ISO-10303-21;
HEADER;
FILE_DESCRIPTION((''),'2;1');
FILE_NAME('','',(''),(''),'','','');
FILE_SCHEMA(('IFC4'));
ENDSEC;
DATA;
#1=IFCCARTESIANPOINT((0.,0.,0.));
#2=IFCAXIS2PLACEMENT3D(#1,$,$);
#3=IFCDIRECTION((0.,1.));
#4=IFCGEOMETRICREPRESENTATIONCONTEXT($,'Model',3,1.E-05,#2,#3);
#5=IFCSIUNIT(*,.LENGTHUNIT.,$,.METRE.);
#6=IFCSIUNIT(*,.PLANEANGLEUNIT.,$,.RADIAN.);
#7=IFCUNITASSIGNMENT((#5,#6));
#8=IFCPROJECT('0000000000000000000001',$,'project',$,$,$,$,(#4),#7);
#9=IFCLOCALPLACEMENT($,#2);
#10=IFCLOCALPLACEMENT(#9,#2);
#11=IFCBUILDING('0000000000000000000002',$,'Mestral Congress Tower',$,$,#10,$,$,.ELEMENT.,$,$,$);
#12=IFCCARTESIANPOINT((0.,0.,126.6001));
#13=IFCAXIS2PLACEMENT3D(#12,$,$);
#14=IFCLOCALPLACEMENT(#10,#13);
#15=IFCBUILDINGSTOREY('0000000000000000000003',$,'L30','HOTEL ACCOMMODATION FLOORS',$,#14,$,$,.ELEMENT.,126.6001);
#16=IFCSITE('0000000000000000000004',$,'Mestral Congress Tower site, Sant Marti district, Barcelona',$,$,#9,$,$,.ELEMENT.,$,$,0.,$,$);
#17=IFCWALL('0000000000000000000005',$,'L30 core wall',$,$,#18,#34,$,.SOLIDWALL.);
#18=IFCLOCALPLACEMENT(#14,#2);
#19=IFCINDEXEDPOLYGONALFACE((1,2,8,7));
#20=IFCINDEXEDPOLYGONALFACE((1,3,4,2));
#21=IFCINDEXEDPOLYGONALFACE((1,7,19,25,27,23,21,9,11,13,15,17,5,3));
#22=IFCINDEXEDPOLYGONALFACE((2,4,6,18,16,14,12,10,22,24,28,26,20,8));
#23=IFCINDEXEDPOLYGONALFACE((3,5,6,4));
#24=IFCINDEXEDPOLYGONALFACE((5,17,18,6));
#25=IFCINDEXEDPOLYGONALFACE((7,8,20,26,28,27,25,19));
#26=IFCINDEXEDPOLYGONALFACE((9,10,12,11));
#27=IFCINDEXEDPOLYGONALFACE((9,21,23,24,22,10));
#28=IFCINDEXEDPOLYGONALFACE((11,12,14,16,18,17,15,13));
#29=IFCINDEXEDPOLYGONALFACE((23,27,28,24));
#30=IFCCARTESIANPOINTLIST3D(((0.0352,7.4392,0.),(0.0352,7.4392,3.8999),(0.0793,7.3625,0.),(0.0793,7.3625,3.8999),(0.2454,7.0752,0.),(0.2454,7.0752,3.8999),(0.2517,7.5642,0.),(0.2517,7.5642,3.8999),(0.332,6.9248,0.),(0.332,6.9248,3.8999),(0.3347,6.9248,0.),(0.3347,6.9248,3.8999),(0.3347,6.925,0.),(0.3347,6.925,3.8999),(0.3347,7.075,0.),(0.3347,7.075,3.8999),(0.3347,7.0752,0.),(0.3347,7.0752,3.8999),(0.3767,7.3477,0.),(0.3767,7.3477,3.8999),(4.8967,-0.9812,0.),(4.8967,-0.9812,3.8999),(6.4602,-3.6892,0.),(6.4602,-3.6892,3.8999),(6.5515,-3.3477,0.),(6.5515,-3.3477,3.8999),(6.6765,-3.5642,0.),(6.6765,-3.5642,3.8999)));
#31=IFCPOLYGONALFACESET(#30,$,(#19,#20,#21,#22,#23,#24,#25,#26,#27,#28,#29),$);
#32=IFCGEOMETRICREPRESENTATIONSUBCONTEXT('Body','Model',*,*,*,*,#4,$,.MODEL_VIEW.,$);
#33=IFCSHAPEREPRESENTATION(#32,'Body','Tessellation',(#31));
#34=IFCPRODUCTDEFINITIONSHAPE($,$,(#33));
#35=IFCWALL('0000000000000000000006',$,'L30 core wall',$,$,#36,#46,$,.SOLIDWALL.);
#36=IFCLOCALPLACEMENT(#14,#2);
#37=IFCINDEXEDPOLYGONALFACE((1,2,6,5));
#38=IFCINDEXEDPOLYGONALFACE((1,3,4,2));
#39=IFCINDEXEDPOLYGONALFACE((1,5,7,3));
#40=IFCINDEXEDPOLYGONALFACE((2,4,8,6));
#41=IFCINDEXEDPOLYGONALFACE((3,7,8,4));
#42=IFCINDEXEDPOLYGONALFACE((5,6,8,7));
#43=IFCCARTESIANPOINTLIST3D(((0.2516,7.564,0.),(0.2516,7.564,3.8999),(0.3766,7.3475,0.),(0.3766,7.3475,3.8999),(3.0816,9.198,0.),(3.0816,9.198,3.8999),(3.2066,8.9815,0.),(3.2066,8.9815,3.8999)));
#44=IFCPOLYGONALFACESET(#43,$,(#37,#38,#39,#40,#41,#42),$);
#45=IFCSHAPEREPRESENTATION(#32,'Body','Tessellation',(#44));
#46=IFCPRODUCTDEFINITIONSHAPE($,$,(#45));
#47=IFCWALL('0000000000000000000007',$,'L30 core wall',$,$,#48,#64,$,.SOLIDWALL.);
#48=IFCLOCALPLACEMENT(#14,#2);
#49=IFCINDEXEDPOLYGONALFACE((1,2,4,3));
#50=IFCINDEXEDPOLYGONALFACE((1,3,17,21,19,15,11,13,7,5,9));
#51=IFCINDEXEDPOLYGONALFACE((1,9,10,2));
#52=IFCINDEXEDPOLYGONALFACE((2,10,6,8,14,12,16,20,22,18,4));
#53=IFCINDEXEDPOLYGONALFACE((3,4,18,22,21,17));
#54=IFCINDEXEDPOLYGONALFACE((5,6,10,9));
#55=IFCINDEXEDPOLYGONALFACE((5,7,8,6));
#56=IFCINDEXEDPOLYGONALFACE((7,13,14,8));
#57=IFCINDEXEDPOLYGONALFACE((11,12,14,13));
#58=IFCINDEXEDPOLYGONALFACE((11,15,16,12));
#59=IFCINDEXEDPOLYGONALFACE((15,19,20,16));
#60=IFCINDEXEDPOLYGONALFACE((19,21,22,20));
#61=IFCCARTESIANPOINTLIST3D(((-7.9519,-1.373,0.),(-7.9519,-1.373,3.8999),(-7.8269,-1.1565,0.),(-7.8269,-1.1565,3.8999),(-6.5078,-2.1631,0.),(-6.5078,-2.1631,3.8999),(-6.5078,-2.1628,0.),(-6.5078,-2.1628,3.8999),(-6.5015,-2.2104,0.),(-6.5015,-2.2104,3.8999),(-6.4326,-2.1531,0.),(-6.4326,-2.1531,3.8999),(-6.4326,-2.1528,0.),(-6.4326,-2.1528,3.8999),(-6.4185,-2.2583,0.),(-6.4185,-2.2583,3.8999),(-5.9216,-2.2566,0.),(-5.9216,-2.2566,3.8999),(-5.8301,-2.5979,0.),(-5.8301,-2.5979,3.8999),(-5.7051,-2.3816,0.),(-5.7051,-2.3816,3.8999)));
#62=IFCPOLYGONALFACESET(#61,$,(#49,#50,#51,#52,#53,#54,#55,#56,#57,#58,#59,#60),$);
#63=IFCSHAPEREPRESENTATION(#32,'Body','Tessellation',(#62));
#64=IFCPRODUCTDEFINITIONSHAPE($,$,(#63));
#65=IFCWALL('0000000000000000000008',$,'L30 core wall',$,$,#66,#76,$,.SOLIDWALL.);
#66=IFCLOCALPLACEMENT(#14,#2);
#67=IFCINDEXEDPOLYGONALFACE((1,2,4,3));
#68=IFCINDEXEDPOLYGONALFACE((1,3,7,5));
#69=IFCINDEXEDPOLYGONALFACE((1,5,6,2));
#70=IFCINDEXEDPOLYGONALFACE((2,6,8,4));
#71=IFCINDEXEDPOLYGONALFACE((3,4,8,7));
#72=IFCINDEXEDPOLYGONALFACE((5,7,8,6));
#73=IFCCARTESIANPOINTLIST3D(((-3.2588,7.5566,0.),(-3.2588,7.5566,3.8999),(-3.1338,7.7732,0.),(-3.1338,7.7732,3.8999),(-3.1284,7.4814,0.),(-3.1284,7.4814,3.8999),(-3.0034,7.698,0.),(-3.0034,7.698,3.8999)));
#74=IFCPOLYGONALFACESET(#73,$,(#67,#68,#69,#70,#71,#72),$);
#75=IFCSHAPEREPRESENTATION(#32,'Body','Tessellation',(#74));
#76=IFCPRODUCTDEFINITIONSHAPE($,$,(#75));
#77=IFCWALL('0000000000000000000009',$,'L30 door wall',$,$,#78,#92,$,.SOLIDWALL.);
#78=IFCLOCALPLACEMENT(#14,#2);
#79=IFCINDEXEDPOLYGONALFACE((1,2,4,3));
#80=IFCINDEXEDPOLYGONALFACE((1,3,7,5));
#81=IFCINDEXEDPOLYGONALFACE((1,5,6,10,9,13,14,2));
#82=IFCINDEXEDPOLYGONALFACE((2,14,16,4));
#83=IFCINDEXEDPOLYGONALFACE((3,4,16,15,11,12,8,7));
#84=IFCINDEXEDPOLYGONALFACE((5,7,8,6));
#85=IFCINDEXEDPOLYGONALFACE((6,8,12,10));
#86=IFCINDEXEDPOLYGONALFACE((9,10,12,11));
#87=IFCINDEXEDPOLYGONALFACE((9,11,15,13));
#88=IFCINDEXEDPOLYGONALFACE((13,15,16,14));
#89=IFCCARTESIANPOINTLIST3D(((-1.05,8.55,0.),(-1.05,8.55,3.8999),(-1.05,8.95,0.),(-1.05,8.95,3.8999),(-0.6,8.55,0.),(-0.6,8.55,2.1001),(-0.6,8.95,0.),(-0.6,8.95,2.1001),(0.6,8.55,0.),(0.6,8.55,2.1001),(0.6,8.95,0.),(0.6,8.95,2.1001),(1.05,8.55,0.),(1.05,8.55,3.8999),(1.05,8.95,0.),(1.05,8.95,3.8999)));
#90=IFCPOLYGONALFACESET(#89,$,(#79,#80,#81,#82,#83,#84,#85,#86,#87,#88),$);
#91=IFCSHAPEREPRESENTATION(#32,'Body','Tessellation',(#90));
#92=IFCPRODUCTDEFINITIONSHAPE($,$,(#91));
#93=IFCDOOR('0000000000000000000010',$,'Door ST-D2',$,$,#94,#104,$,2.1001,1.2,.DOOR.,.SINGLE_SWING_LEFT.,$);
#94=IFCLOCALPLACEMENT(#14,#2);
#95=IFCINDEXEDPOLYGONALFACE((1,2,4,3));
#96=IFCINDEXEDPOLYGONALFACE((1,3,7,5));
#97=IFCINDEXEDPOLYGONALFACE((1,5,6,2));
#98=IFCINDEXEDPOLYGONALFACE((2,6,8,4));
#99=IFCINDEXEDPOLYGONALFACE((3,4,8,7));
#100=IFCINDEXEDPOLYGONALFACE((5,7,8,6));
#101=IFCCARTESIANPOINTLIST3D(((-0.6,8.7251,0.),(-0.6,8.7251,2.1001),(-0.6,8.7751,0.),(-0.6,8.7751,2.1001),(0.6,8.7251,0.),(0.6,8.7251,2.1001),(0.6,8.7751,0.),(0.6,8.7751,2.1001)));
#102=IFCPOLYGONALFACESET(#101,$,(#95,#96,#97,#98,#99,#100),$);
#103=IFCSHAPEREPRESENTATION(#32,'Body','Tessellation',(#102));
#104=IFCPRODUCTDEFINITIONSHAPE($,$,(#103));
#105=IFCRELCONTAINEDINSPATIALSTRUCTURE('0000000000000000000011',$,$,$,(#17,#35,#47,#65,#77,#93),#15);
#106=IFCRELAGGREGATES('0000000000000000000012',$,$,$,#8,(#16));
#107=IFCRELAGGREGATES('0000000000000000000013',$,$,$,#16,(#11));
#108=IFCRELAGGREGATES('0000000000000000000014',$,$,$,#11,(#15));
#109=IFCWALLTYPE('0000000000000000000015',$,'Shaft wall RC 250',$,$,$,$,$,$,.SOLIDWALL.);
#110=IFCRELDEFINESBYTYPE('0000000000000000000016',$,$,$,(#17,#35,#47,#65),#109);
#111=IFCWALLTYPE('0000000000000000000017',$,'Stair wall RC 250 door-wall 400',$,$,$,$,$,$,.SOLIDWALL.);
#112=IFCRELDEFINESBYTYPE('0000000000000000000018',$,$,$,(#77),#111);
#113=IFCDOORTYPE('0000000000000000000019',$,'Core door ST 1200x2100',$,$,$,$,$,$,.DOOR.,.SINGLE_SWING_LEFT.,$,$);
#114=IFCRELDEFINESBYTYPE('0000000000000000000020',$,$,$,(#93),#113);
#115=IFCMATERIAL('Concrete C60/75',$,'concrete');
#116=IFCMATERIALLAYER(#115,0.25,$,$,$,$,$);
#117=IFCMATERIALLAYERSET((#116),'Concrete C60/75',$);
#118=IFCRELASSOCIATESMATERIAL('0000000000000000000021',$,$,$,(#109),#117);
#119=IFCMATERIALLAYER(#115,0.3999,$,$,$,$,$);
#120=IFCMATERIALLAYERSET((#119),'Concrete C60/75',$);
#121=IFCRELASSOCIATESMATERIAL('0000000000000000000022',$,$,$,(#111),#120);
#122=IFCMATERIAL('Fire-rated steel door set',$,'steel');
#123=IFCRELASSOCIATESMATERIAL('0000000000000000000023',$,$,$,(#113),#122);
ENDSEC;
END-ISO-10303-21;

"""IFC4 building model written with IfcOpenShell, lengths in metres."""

from ifc_helpers import new_model, si_unit, direction, frame, frame_2d, origin, place, context, subcontext, project, spatial, polyline, rectangle, outline, extrude, material, layer, layer_set, type_object, element, fill, save


model = new_model("IFC4")

# Units and contexts
model_context = context("Model", 3, precision=1e-05, world=origin(), true_north=direction((0.0, 1.0)))
body_context = subcontext(model_context, "Body", "Model", "MODEL_VIEW")
ifc_project = project(units=[si_unit("LENGTHUNIT", "METRE"), si_unit("PLANEANGLEUNIT", "RADIAN")], contexts=[model_context])

# Site, building, storey
site_placement = place(None, origin())
site = spatial("IfcSite", under=ifc_project, at=site_placement, Name="Mestral Congress Tower site, Sant Marti district, Barcelona", CompositionType="ELEMENT", RefElevation=0.0)
building_placement = place(site_placement, origin())
building = spatial("IfcBuilding", under=site, at=building_placement, Name="Mestral Congress Tower", CompositionType="ELEMENT")
storey_placement = place(building_placement, frame((0.0, 0.0, 126.6001)))
storey = spatial("IfcBuildingStorey", under=building, at=storey_placement, Name="L30", Description="HOTEL ACCOMMODATION FLOORS", CompositionType="ELEMENT", Elevation=126.6001)

# Shared definitions
ifc_material_1 = material(Name="Concrete C60/75", Category="concrete")

# Shared definitions
placement_1 = place(storey_placement, origin())

# Walls
ifc_layer_1 = layer(ifc_material_1, 0.25)
ifc_layer_set_1 = layer_set([ifc_layer_1], Name="Concrete C60/75")
wall_type_1 = type_object("IfcWallType", Name="Shaft wall RC 250", PredefinedType="SOLIDWALL", material=ifc_layer_set_1)
element("IfcWall", 1, at=placement_1, inside=storey, type_object=wall_type_1, Name="L30 core wall", PredefinedType="SOLIDWALL", context=body_context, shape_type="SweptSolid", body=[
    extrude(outline(polyline([(0.3347, 6.925), (0.3347, 6.925), (0.3347, 7.075), (0.3347, 7.075), (0.3347, 7.0752), (0.2454, 7.0752), (0.0793, 7.3625), (0.0352, 7.4392), (0.2517, 7.5642), (0.3767, 7.3477), (6.5515, -3.3477), (6.6765, -3.5642), (6.4602, -3.6892), (4.8967, -0.9812), (0.332, 6.9248), (0.3347, 6.9248), (0.3347, 6.925)])), origin(), (0.0, 0.0, 1.0), 3.8999),
])
wall_1_placement = place(storey_placement, frame((0.3142, 7.4558, 0.0), z_axis=(0.0, 0.0, 1.0), x_axis=(0.866014, 0.50002, 0.0)))
element("IfcWall", 2, at=wall_1_placement, inside=storey, type_object=wall_type_1, Name="L30 core wall", PredefinedType="SOLIDWALL", context=body_context, shape_type="SweptSolid", body=[
    extrude(rectangle(XDim=3.2678, YDim=0.25, at=frame_2d((1.6338, 0.0))), origin(), (0.0, 0.0, 1.0), 3.8999),
])
element("IfcWall", 3, at=placement_1, inside=storey, type_object=wall_type_1, Name="L30 core wall", PredefinedType="SOLIDWALL", context=body_context, shape_type="SweptSolid", body=[
    extrude(outline(polyline([(-5.9216, -2.2566), (-5.9216, -2.2566), (-5.7051, -2.3816), (-5.8301, -2.5979), (-6.4185, -2.2583), (-6.4326, -2.1531), (-6.4326, -2.1528), (-6.4326, -2.1528), (-6.5078, -2.1628), (-6.5078, -2.1628), (-6.5078, -2.1631), (-6.5015, -2.2104), (-7.9519, -1.373), (-7.8269, -1.1565), (-5.9216, -2.2566)])), origin(), (0.0, 0.0, 1.0), 3.8999),
])
element("IfcWall", 4, at=placement_1, inside=storey, type_object=wall_type_1, Name="L30 core wall", PredefinedType="SOLIDWALL", context=body_context, shape_type="SweptSolid", body=[
    extrude(outline(polyline([(-3.1284, 7.4814), (-3.2588, 7.5566), (-3.1338, 7.7732), (-3.0034, 7.698), (-3.1284, 7.4814)])), origin(), (0.0, 0.0, 1.0), 3.8999),
])

# Wall, opening, door
ifc_layer_2 = layer(ifc_material_1, 0.3999)
ifc_layer_set_2 = layer_set([ifc_layer_2], Name="Concrete C60/75")
wall_type_2 = type_object("IfcWallType", Name="Stair wall RC 250 door-wall 400", PredefinedType="SOLIDWALL", material=ifc_layer_set_2)
wall_2_placement = place(storey_placement, frame((1.05, 8.75, 0.0), z_axis=(0.0, 0.0, 1.0), x_axis=(-1.0, 0.0, 0.0)))
wall_2 = element("IfcWall", 5, at=wall_2_placement, inside=storey, type_object=wall_type_2, Name="L30 door wall", PredefinedType="SOLIDWALL", context=body_context, shape_type="SweptSolid", body=[
    extrude(rectangle(XDim=2.1001, YDim=0.3999, at=frame_2d((1.05, 0.0))), origin(), (0.0, 0.0, 1.0), 3.8999),
])
opening_placement = place(wall_2_placement, frame((0.45, 0.0, 0.0)))
opening = element("IfcOpeningElement", 6, at=opening_placement, cuts=wall_2, PredefinedType="OPENING", context=body_context, shape_type="SweptSolid", body=[
    extrude(rectangle(XDim=1.2, YDim=2.1001, at=frame_2d((0.6001, 1.05))), frame((0.0, 0.21, 0.0), z_axis=(0.0, -1.0, 0.0), x_axis=(1.0, 0.0, 0.0)), (0.0, 0.0, 1.0), 0.4199),
])
ifc_material_2 = material(Name="Fire-rated steel door set", Category="steel")
door_type = type_object("IfcDoorType", Name="Core door ST 1200x2100", OperationType="SINGLE_SWING_LEFT", PredefinedType="DOOR", material=ifc_material_2)
door_placement = place(opening_placement, origin())
door = element("IfcDoor", 7, at=door_placement, inside=storey, type_object=door_type, Name="Door ST-D2", OperationType="SINGLE_SWING_LEFT", OverallHeight=2.1001, OverallWidth=1.2, PredefinedType="DOOR", context=body_context, shape_type="SweptSolid", body=[
    extrude(rectangle(XDim=1.2, YDim=2.1001, at=frame_2d((0.6001, 1.05))), frame((0.0, 0.0249, 0.0), z_axis=(0.0, -1.0, 0.0), x_axis=(1.0, 0.0, 0.0)), (0.0, 0.0, 1.0), 0.05),
])
fill(opening, door)

save(model, "model.ifc")
